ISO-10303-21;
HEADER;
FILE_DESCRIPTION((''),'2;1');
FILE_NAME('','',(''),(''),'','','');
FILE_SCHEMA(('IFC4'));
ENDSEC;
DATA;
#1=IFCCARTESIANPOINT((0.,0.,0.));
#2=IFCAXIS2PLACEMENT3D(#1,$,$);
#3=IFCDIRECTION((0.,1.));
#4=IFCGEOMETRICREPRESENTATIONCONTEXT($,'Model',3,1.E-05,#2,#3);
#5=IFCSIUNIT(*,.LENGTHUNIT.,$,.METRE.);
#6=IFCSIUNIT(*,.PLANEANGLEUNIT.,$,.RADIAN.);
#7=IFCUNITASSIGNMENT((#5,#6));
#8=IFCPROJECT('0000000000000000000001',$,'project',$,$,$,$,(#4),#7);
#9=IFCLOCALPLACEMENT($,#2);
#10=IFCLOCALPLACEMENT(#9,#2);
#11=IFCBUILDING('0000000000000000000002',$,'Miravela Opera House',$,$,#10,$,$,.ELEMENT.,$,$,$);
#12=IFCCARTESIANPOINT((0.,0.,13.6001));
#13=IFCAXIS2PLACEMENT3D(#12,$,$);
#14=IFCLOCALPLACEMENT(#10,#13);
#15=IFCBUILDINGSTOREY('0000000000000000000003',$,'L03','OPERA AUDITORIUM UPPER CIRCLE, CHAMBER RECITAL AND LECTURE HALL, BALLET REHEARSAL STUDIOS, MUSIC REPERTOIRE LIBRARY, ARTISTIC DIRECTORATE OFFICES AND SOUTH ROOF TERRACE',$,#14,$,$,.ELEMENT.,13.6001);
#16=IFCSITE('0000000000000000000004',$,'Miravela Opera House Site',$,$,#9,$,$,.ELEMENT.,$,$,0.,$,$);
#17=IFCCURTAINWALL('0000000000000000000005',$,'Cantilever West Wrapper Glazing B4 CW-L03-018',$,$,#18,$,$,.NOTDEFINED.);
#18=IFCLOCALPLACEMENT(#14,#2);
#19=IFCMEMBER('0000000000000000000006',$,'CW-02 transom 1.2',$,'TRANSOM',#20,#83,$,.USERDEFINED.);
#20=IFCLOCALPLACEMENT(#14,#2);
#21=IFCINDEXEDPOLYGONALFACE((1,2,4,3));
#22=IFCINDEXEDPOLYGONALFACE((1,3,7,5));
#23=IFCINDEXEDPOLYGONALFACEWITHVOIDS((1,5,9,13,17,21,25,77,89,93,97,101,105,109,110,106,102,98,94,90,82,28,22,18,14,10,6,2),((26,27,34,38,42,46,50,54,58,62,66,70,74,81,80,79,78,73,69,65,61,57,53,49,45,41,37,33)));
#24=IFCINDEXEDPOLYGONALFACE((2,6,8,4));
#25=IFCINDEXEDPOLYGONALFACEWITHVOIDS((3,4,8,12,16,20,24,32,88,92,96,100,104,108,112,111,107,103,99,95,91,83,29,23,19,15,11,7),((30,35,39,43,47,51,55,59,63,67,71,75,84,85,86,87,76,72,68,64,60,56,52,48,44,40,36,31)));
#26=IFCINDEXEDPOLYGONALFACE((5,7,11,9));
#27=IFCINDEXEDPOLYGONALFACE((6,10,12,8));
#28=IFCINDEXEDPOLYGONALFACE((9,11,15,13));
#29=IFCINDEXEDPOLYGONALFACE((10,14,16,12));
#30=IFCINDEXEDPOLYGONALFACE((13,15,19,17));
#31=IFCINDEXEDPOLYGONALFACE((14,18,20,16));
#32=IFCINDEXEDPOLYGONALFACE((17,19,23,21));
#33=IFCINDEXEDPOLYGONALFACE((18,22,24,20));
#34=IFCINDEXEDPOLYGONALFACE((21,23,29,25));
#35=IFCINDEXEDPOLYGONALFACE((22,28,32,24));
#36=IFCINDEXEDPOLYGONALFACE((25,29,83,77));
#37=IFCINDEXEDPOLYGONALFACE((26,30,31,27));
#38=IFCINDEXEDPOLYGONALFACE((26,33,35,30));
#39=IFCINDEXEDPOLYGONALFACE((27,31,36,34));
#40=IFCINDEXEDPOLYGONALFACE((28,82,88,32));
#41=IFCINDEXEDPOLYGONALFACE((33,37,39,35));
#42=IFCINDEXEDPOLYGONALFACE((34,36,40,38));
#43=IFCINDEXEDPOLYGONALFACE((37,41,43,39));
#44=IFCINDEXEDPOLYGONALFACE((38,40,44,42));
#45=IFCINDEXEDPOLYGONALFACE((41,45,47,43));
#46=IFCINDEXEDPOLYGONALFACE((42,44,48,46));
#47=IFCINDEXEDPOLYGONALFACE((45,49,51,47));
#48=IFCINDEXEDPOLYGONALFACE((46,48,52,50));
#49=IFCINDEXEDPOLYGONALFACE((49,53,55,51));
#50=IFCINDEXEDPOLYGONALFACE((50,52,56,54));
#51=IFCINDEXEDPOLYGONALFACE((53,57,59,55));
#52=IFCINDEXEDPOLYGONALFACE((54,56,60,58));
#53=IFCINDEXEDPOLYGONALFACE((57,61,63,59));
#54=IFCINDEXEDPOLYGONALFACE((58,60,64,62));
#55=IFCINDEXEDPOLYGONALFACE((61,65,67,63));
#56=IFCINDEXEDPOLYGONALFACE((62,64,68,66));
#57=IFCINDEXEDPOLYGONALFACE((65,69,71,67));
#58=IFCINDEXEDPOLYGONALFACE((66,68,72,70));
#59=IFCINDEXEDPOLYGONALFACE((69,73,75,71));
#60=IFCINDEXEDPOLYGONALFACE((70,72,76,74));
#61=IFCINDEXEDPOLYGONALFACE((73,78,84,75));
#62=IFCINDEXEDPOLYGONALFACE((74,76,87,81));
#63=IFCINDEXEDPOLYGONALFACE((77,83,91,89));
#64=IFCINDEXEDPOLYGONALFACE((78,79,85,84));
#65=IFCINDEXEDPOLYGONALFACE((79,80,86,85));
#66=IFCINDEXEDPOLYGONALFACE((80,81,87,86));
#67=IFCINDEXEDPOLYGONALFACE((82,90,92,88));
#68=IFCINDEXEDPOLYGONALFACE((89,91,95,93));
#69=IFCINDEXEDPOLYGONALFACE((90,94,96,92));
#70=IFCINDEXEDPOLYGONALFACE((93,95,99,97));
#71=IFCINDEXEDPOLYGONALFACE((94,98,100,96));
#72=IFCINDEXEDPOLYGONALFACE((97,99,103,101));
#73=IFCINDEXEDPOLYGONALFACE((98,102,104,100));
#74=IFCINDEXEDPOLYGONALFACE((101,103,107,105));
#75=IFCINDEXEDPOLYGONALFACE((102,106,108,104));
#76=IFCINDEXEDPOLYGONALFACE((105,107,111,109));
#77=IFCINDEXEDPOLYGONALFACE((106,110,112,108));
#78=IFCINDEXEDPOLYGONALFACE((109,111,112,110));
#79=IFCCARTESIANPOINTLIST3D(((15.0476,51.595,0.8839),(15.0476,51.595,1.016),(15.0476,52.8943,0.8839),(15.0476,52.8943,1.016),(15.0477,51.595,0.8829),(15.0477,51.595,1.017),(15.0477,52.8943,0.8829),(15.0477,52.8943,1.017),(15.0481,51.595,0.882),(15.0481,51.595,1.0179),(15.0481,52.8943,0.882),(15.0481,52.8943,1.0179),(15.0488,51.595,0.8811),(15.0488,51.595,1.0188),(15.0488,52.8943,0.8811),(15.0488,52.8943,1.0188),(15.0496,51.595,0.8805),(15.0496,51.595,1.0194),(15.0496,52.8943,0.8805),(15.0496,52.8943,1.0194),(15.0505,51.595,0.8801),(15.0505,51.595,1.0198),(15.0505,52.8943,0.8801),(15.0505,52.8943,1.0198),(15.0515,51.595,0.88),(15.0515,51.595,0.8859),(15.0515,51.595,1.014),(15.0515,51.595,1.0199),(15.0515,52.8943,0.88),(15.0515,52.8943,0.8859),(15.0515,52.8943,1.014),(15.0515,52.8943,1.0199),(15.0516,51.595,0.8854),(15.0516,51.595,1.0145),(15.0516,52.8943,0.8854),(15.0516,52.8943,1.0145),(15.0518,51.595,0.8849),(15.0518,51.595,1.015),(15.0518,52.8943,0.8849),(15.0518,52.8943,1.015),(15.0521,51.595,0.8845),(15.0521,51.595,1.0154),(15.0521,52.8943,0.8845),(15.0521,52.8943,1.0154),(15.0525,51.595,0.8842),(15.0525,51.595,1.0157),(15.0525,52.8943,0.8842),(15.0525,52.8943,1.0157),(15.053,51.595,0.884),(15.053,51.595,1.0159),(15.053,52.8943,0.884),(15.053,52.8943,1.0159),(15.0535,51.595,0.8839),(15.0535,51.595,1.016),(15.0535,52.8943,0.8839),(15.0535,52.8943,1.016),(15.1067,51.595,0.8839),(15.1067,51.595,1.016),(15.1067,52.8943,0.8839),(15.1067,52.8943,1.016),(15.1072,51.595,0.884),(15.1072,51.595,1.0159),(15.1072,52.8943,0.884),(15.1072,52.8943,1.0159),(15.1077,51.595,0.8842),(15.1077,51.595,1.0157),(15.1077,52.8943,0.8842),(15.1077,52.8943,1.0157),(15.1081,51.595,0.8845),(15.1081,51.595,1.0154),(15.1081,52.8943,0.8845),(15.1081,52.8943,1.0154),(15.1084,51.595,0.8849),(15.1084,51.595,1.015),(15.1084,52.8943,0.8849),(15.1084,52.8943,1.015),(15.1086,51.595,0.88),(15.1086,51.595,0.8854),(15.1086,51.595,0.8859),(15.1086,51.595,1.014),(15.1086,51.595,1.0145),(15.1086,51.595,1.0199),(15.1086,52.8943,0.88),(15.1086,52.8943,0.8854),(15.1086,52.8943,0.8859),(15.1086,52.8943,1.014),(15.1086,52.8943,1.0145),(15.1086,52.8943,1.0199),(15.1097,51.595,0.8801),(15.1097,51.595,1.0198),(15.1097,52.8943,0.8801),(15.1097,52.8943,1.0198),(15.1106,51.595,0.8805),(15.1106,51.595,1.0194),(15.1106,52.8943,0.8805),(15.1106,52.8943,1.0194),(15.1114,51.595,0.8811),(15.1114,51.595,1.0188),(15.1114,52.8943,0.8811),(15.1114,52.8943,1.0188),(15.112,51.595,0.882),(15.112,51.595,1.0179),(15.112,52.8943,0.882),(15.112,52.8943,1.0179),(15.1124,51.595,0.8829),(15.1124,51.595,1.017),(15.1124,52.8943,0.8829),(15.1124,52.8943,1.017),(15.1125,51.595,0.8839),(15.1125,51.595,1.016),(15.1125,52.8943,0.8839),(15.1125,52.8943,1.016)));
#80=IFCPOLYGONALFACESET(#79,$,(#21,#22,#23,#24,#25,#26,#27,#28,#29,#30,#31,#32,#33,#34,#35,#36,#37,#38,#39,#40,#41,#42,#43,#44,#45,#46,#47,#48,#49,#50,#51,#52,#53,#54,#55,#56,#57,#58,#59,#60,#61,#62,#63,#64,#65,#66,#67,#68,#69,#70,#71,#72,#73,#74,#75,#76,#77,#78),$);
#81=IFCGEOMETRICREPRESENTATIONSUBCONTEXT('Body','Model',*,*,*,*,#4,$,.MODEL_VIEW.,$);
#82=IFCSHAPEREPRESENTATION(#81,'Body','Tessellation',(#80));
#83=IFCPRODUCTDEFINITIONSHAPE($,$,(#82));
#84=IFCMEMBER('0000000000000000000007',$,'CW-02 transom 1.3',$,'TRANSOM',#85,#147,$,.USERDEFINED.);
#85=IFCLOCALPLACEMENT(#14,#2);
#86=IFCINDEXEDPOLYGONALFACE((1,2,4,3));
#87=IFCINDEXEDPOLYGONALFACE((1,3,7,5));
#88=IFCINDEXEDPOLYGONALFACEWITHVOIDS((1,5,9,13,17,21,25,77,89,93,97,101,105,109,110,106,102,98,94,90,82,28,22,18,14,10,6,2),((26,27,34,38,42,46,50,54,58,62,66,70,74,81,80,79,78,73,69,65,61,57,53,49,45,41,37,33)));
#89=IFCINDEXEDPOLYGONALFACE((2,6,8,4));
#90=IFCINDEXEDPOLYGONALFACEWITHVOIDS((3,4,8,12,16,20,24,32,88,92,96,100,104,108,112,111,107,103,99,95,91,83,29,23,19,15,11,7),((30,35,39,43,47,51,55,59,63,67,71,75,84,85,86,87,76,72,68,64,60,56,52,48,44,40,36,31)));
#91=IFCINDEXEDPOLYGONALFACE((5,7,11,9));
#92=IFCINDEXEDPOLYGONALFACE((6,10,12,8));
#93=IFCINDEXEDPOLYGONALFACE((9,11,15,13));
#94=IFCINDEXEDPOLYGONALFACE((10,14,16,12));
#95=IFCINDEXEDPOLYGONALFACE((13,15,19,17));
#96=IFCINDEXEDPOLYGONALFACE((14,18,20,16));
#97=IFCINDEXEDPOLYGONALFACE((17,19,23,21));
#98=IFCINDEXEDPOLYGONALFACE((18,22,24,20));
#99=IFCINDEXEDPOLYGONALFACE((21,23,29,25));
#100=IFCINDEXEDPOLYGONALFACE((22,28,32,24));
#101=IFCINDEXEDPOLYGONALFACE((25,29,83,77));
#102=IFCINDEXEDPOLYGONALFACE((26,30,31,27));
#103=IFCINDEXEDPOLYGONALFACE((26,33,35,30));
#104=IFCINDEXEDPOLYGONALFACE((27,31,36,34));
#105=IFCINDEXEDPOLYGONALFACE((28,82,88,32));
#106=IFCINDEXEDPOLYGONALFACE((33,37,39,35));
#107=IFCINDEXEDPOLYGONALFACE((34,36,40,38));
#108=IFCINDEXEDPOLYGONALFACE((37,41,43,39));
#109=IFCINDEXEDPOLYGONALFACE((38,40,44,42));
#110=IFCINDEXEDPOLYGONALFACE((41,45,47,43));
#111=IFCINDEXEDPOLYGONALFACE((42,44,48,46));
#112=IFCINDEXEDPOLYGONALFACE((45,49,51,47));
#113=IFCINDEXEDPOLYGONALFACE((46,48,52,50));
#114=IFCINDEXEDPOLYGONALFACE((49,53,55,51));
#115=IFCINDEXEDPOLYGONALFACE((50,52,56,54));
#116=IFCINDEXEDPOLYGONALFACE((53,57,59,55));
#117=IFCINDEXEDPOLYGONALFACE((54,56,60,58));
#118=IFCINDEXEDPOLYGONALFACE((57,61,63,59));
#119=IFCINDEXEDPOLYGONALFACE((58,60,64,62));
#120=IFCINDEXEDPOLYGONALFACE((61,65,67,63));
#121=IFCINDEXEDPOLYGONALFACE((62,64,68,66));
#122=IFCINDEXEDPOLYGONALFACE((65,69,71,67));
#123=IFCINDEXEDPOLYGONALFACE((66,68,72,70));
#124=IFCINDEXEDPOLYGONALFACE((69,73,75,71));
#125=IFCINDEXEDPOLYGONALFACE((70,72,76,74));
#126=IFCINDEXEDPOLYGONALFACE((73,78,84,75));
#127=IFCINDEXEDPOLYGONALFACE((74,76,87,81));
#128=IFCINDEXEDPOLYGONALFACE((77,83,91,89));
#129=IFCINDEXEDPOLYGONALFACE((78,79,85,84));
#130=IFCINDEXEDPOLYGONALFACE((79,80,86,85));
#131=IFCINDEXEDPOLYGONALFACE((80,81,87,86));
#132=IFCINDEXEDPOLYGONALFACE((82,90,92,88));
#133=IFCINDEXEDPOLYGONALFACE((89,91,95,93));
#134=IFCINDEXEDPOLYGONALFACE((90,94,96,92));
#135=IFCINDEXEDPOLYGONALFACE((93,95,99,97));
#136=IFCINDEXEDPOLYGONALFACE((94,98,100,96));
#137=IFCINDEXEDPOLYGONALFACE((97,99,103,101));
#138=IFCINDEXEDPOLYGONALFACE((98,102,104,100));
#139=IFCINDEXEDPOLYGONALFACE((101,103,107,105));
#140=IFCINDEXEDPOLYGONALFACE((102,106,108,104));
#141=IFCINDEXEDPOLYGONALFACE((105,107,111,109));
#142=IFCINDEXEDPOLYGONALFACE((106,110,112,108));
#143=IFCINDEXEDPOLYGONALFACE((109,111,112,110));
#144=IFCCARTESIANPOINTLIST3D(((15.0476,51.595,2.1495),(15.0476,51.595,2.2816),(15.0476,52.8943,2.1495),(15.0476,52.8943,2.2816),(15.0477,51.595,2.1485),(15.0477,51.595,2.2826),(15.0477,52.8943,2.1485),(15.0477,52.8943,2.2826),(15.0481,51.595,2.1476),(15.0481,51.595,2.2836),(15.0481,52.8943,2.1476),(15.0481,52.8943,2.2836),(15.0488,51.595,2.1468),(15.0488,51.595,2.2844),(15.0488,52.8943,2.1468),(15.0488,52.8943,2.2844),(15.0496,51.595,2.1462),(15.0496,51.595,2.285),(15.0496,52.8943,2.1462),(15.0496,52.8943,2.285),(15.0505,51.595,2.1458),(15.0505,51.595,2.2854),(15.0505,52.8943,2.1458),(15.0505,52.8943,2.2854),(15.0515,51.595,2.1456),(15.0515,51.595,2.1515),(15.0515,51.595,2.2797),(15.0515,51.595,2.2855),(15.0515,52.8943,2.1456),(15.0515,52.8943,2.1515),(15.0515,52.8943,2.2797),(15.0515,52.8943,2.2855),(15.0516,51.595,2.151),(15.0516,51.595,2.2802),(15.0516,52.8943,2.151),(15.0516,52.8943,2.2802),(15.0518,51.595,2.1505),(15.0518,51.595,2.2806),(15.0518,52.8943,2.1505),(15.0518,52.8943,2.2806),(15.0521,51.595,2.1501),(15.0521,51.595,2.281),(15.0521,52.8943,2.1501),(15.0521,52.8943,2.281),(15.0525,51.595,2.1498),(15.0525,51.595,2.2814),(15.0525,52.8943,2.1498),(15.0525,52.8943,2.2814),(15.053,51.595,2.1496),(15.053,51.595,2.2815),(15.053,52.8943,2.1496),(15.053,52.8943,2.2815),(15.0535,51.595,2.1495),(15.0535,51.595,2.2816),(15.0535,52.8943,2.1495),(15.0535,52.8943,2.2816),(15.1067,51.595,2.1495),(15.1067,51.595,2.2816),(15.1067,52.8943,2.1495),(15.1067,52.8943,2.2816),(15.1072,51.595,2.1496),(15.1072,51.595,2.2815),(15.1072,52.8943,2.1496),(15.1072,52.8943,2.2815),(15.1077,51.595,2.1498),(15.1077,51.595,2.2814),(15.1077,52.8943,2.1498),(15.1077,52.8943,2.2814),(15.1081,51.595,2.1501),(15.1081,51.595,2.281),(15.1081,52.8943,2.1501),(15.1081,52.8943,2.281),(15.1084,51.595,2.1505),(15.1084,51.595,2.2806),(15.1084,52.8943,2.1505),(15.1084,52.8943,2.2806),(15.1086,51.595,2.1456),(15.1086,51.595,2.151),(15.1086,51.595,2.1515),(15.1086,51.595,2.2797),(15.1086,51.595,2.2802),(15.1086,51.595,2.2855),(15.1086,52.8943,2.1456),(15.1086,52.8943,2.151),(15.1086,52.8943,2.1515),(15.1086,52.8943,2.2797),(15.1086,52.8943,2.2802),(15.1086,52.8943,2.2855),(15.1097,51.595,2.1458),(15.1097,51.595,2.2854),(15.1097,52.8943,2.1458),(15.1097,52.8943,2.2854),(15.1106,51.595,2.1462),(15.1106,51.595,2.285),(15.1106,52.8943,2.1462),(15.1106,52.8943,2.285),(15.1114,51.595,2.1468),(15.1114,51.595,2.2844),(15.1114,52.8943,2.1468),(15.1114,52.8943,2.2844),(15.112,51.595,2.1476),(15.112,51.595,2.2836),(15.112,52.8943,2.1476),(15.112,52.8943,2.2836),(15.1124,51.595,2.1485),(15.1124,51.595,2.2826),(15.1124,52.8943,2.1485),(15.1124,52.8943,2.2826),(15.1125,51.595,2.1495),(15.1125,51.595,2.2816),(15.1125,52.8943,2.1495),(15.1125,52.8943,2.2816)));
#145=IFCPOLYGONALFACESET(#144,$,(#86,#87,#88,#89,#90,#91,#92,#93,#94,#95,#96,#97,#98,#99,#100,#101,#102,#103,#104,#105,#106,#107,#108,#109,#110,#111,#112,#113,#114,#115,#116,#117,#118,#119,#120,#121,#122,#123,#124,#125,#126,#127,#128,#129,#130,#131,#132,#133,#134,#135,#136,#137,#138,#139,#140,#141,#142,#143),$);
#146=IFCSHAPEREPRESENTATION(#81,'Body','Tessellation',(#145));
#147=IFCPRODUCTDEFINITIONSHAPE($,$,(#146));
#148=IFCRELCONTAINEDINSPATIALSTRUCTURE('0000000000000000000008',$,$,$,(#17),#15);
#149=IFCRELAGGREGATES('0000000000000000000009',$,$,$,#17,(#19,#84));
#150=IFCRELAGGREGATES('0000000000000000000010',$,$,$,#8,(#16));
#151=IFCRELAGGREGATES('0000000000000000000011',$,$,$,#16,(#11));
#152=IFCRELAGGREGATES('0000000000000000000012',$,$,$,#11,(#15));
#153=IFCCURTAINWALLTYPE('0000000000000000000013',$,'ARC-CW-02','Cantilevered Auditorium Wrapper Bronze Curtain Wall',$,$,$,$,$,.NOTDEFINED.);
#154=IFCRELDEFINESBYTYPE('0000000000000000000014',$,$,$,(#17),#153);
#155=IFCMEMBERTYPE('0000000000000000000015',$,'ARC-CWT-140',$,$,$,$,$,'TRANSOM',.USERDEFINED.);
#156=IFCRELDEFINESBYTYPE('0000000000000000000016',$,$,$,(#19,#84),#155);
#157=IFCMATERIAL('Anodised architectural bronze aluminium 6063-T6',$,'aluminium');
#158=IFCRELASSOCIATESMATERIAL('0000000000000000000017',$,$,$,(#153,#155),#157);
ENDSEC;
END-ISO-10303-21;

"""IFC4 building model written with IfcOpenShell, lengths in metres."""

from ifc_helpers import new_model, si_unit, direction, frame, origin, origin_2d, place, context, subcontext, project, spatial, hollow_rectangle, extrude, material, material_profile, profile_set, type_object, element, aggregate, save


model = new_model("IFC4")

# Units and contexts
model_context = context("Model", 3, precision=1e-05, world=origin(), true_north=direction((0.0, 1.0)))
body_context = subcontext(model_context, "Body", "Model", "MODEL_VIEW")
ifc_project = project(units=[si_unit("LENGTHUNIT", "METRE"), si_unit("PLANEANGLEUNIT", "RADIAN")], contexts=[model_context])

# Site, building, storey
site_placement = place(None, origin())
site = spatial("IfcSite", under=ifc_project, at=site_placement, Name="Miravela Opera House Site", CompositionType="ELEMENT", RefElevation=0.0)
building_placement = place(site_placement, origin())
building = spatial("IfcBuilding", under=site, at=building_placement, Name="Miravela Opera House", CompositionType="ELEMENT")
storey_placement = place(building_placement, frame((0.0, 0.0, 13.6001)))
storey = spatial("IfcBuildingStorey", under=building, at=storey_placement, Name="L03", Description="OPERA AUDITORIUM UPPER CIRCLE, CHAMBER RECITAL AND LECTURE HALL, BALLET REHEARSAL STUDIOS, MUSIC REPERTOIRE LIBRARY, ARTISTIC DIRECTORATE OFFICES AND SOUTH ROOF TERRACE", CompositionType="ELEMENT", Elevation=13.6001)

# Shared definitions
ifc_material_1 = material(Name="Anodised architectural bronze aluminium 6063-T6", Category="aluminium")
curtain_wall_type = type_object("IfcCurtainWallType", Name="ARC-CW-02", Description="Cantilevered Auditorium Wrapper Bronze Curtain Wall", PredefinedType="NOTDEFINED", material=ifc_material_1)

# Curtain wall
curtain_wall_1_placement = place(storey_placement, origin())
curtain_wall_1 = element("IfcCurtainWall", 1, at=curtain_wall_1_placement, inside=storey, type_object=curtain_wall_type, Name="Cantilever West Wrapper Glazing B4 CW-L03-018", PredefinedType="NOTDEFINED")

# Members
ifc_material_profile_1 = material_profile(ifc_material_1, hollow_rectangle(XDim=0.0649, YDim=0.1399, WallThickness=0.0039, InnerFilletRadius=0.002, OuterFilletRadius=0.0039, at=origin_2d()), Name="CWT-65X140")
ifc_profile_set_1 = profile_set([ifc_material_profile_1])
member_type_1 = type_object("IfcMemberType", Name="ARC-CWT-140", ElementType="TRANSOM", PredefinedType="USERDEFINED", material=ifc_profile_set_1)
member_1_placement = place(storey_placement, frame((15.0801, 51.595, 0.95), z_axis=(0.0, 1.0, 0.0), x_axis=(-1.0, 0.0, 0.0)))
member_1 = element("IfcMember", 2, at=member_1_placement, type_object=member_type_1, Name="CW-02 transom 1.2", ObjectType="TRANSOM", PredefinedType="USERDEFINED", context=body_context, shape_type="SweptSolid", body=[
    extrude(hollow_rectangle(XDim=0.0649, YDim=0.1399, WallThickness=0.0039, InnerFilletRadius=0.002, OuterFilletRadius=0.0039, at=origin_2d()), origin(), (0.0, 0.0, 1.0), 1.2993),
])
member_2_placement = place(storey_placement, frame((15.0801, 51.595, 2.2156), z_axis=(0.0, 1.0, 0.0), x_axis=(-1.0, 0.0, 0.0)))
member_2 = element("IfcMember", 3, at=member_2_placement, type_object=member_type_1, Name="CW-02 transom 1.3", ObjectType="TRANSOM", PredefinedType="USERDEFINED", context=body_context, shape_type="SweptSolid", body=[
    extrude(hollow_rectangle(XDim=0.0649, YDim=0.1399, WallThickness=0.0039, InnerFilletRadius=0.002, OuterFilletRadius=0.0039, at=origin_2d()), origin(), (0.0, 0.0, 1.0), 1.2993),
])
aggregate(curtain_wall_1, [member_1, member_2])

save(model, "model.ifc")
